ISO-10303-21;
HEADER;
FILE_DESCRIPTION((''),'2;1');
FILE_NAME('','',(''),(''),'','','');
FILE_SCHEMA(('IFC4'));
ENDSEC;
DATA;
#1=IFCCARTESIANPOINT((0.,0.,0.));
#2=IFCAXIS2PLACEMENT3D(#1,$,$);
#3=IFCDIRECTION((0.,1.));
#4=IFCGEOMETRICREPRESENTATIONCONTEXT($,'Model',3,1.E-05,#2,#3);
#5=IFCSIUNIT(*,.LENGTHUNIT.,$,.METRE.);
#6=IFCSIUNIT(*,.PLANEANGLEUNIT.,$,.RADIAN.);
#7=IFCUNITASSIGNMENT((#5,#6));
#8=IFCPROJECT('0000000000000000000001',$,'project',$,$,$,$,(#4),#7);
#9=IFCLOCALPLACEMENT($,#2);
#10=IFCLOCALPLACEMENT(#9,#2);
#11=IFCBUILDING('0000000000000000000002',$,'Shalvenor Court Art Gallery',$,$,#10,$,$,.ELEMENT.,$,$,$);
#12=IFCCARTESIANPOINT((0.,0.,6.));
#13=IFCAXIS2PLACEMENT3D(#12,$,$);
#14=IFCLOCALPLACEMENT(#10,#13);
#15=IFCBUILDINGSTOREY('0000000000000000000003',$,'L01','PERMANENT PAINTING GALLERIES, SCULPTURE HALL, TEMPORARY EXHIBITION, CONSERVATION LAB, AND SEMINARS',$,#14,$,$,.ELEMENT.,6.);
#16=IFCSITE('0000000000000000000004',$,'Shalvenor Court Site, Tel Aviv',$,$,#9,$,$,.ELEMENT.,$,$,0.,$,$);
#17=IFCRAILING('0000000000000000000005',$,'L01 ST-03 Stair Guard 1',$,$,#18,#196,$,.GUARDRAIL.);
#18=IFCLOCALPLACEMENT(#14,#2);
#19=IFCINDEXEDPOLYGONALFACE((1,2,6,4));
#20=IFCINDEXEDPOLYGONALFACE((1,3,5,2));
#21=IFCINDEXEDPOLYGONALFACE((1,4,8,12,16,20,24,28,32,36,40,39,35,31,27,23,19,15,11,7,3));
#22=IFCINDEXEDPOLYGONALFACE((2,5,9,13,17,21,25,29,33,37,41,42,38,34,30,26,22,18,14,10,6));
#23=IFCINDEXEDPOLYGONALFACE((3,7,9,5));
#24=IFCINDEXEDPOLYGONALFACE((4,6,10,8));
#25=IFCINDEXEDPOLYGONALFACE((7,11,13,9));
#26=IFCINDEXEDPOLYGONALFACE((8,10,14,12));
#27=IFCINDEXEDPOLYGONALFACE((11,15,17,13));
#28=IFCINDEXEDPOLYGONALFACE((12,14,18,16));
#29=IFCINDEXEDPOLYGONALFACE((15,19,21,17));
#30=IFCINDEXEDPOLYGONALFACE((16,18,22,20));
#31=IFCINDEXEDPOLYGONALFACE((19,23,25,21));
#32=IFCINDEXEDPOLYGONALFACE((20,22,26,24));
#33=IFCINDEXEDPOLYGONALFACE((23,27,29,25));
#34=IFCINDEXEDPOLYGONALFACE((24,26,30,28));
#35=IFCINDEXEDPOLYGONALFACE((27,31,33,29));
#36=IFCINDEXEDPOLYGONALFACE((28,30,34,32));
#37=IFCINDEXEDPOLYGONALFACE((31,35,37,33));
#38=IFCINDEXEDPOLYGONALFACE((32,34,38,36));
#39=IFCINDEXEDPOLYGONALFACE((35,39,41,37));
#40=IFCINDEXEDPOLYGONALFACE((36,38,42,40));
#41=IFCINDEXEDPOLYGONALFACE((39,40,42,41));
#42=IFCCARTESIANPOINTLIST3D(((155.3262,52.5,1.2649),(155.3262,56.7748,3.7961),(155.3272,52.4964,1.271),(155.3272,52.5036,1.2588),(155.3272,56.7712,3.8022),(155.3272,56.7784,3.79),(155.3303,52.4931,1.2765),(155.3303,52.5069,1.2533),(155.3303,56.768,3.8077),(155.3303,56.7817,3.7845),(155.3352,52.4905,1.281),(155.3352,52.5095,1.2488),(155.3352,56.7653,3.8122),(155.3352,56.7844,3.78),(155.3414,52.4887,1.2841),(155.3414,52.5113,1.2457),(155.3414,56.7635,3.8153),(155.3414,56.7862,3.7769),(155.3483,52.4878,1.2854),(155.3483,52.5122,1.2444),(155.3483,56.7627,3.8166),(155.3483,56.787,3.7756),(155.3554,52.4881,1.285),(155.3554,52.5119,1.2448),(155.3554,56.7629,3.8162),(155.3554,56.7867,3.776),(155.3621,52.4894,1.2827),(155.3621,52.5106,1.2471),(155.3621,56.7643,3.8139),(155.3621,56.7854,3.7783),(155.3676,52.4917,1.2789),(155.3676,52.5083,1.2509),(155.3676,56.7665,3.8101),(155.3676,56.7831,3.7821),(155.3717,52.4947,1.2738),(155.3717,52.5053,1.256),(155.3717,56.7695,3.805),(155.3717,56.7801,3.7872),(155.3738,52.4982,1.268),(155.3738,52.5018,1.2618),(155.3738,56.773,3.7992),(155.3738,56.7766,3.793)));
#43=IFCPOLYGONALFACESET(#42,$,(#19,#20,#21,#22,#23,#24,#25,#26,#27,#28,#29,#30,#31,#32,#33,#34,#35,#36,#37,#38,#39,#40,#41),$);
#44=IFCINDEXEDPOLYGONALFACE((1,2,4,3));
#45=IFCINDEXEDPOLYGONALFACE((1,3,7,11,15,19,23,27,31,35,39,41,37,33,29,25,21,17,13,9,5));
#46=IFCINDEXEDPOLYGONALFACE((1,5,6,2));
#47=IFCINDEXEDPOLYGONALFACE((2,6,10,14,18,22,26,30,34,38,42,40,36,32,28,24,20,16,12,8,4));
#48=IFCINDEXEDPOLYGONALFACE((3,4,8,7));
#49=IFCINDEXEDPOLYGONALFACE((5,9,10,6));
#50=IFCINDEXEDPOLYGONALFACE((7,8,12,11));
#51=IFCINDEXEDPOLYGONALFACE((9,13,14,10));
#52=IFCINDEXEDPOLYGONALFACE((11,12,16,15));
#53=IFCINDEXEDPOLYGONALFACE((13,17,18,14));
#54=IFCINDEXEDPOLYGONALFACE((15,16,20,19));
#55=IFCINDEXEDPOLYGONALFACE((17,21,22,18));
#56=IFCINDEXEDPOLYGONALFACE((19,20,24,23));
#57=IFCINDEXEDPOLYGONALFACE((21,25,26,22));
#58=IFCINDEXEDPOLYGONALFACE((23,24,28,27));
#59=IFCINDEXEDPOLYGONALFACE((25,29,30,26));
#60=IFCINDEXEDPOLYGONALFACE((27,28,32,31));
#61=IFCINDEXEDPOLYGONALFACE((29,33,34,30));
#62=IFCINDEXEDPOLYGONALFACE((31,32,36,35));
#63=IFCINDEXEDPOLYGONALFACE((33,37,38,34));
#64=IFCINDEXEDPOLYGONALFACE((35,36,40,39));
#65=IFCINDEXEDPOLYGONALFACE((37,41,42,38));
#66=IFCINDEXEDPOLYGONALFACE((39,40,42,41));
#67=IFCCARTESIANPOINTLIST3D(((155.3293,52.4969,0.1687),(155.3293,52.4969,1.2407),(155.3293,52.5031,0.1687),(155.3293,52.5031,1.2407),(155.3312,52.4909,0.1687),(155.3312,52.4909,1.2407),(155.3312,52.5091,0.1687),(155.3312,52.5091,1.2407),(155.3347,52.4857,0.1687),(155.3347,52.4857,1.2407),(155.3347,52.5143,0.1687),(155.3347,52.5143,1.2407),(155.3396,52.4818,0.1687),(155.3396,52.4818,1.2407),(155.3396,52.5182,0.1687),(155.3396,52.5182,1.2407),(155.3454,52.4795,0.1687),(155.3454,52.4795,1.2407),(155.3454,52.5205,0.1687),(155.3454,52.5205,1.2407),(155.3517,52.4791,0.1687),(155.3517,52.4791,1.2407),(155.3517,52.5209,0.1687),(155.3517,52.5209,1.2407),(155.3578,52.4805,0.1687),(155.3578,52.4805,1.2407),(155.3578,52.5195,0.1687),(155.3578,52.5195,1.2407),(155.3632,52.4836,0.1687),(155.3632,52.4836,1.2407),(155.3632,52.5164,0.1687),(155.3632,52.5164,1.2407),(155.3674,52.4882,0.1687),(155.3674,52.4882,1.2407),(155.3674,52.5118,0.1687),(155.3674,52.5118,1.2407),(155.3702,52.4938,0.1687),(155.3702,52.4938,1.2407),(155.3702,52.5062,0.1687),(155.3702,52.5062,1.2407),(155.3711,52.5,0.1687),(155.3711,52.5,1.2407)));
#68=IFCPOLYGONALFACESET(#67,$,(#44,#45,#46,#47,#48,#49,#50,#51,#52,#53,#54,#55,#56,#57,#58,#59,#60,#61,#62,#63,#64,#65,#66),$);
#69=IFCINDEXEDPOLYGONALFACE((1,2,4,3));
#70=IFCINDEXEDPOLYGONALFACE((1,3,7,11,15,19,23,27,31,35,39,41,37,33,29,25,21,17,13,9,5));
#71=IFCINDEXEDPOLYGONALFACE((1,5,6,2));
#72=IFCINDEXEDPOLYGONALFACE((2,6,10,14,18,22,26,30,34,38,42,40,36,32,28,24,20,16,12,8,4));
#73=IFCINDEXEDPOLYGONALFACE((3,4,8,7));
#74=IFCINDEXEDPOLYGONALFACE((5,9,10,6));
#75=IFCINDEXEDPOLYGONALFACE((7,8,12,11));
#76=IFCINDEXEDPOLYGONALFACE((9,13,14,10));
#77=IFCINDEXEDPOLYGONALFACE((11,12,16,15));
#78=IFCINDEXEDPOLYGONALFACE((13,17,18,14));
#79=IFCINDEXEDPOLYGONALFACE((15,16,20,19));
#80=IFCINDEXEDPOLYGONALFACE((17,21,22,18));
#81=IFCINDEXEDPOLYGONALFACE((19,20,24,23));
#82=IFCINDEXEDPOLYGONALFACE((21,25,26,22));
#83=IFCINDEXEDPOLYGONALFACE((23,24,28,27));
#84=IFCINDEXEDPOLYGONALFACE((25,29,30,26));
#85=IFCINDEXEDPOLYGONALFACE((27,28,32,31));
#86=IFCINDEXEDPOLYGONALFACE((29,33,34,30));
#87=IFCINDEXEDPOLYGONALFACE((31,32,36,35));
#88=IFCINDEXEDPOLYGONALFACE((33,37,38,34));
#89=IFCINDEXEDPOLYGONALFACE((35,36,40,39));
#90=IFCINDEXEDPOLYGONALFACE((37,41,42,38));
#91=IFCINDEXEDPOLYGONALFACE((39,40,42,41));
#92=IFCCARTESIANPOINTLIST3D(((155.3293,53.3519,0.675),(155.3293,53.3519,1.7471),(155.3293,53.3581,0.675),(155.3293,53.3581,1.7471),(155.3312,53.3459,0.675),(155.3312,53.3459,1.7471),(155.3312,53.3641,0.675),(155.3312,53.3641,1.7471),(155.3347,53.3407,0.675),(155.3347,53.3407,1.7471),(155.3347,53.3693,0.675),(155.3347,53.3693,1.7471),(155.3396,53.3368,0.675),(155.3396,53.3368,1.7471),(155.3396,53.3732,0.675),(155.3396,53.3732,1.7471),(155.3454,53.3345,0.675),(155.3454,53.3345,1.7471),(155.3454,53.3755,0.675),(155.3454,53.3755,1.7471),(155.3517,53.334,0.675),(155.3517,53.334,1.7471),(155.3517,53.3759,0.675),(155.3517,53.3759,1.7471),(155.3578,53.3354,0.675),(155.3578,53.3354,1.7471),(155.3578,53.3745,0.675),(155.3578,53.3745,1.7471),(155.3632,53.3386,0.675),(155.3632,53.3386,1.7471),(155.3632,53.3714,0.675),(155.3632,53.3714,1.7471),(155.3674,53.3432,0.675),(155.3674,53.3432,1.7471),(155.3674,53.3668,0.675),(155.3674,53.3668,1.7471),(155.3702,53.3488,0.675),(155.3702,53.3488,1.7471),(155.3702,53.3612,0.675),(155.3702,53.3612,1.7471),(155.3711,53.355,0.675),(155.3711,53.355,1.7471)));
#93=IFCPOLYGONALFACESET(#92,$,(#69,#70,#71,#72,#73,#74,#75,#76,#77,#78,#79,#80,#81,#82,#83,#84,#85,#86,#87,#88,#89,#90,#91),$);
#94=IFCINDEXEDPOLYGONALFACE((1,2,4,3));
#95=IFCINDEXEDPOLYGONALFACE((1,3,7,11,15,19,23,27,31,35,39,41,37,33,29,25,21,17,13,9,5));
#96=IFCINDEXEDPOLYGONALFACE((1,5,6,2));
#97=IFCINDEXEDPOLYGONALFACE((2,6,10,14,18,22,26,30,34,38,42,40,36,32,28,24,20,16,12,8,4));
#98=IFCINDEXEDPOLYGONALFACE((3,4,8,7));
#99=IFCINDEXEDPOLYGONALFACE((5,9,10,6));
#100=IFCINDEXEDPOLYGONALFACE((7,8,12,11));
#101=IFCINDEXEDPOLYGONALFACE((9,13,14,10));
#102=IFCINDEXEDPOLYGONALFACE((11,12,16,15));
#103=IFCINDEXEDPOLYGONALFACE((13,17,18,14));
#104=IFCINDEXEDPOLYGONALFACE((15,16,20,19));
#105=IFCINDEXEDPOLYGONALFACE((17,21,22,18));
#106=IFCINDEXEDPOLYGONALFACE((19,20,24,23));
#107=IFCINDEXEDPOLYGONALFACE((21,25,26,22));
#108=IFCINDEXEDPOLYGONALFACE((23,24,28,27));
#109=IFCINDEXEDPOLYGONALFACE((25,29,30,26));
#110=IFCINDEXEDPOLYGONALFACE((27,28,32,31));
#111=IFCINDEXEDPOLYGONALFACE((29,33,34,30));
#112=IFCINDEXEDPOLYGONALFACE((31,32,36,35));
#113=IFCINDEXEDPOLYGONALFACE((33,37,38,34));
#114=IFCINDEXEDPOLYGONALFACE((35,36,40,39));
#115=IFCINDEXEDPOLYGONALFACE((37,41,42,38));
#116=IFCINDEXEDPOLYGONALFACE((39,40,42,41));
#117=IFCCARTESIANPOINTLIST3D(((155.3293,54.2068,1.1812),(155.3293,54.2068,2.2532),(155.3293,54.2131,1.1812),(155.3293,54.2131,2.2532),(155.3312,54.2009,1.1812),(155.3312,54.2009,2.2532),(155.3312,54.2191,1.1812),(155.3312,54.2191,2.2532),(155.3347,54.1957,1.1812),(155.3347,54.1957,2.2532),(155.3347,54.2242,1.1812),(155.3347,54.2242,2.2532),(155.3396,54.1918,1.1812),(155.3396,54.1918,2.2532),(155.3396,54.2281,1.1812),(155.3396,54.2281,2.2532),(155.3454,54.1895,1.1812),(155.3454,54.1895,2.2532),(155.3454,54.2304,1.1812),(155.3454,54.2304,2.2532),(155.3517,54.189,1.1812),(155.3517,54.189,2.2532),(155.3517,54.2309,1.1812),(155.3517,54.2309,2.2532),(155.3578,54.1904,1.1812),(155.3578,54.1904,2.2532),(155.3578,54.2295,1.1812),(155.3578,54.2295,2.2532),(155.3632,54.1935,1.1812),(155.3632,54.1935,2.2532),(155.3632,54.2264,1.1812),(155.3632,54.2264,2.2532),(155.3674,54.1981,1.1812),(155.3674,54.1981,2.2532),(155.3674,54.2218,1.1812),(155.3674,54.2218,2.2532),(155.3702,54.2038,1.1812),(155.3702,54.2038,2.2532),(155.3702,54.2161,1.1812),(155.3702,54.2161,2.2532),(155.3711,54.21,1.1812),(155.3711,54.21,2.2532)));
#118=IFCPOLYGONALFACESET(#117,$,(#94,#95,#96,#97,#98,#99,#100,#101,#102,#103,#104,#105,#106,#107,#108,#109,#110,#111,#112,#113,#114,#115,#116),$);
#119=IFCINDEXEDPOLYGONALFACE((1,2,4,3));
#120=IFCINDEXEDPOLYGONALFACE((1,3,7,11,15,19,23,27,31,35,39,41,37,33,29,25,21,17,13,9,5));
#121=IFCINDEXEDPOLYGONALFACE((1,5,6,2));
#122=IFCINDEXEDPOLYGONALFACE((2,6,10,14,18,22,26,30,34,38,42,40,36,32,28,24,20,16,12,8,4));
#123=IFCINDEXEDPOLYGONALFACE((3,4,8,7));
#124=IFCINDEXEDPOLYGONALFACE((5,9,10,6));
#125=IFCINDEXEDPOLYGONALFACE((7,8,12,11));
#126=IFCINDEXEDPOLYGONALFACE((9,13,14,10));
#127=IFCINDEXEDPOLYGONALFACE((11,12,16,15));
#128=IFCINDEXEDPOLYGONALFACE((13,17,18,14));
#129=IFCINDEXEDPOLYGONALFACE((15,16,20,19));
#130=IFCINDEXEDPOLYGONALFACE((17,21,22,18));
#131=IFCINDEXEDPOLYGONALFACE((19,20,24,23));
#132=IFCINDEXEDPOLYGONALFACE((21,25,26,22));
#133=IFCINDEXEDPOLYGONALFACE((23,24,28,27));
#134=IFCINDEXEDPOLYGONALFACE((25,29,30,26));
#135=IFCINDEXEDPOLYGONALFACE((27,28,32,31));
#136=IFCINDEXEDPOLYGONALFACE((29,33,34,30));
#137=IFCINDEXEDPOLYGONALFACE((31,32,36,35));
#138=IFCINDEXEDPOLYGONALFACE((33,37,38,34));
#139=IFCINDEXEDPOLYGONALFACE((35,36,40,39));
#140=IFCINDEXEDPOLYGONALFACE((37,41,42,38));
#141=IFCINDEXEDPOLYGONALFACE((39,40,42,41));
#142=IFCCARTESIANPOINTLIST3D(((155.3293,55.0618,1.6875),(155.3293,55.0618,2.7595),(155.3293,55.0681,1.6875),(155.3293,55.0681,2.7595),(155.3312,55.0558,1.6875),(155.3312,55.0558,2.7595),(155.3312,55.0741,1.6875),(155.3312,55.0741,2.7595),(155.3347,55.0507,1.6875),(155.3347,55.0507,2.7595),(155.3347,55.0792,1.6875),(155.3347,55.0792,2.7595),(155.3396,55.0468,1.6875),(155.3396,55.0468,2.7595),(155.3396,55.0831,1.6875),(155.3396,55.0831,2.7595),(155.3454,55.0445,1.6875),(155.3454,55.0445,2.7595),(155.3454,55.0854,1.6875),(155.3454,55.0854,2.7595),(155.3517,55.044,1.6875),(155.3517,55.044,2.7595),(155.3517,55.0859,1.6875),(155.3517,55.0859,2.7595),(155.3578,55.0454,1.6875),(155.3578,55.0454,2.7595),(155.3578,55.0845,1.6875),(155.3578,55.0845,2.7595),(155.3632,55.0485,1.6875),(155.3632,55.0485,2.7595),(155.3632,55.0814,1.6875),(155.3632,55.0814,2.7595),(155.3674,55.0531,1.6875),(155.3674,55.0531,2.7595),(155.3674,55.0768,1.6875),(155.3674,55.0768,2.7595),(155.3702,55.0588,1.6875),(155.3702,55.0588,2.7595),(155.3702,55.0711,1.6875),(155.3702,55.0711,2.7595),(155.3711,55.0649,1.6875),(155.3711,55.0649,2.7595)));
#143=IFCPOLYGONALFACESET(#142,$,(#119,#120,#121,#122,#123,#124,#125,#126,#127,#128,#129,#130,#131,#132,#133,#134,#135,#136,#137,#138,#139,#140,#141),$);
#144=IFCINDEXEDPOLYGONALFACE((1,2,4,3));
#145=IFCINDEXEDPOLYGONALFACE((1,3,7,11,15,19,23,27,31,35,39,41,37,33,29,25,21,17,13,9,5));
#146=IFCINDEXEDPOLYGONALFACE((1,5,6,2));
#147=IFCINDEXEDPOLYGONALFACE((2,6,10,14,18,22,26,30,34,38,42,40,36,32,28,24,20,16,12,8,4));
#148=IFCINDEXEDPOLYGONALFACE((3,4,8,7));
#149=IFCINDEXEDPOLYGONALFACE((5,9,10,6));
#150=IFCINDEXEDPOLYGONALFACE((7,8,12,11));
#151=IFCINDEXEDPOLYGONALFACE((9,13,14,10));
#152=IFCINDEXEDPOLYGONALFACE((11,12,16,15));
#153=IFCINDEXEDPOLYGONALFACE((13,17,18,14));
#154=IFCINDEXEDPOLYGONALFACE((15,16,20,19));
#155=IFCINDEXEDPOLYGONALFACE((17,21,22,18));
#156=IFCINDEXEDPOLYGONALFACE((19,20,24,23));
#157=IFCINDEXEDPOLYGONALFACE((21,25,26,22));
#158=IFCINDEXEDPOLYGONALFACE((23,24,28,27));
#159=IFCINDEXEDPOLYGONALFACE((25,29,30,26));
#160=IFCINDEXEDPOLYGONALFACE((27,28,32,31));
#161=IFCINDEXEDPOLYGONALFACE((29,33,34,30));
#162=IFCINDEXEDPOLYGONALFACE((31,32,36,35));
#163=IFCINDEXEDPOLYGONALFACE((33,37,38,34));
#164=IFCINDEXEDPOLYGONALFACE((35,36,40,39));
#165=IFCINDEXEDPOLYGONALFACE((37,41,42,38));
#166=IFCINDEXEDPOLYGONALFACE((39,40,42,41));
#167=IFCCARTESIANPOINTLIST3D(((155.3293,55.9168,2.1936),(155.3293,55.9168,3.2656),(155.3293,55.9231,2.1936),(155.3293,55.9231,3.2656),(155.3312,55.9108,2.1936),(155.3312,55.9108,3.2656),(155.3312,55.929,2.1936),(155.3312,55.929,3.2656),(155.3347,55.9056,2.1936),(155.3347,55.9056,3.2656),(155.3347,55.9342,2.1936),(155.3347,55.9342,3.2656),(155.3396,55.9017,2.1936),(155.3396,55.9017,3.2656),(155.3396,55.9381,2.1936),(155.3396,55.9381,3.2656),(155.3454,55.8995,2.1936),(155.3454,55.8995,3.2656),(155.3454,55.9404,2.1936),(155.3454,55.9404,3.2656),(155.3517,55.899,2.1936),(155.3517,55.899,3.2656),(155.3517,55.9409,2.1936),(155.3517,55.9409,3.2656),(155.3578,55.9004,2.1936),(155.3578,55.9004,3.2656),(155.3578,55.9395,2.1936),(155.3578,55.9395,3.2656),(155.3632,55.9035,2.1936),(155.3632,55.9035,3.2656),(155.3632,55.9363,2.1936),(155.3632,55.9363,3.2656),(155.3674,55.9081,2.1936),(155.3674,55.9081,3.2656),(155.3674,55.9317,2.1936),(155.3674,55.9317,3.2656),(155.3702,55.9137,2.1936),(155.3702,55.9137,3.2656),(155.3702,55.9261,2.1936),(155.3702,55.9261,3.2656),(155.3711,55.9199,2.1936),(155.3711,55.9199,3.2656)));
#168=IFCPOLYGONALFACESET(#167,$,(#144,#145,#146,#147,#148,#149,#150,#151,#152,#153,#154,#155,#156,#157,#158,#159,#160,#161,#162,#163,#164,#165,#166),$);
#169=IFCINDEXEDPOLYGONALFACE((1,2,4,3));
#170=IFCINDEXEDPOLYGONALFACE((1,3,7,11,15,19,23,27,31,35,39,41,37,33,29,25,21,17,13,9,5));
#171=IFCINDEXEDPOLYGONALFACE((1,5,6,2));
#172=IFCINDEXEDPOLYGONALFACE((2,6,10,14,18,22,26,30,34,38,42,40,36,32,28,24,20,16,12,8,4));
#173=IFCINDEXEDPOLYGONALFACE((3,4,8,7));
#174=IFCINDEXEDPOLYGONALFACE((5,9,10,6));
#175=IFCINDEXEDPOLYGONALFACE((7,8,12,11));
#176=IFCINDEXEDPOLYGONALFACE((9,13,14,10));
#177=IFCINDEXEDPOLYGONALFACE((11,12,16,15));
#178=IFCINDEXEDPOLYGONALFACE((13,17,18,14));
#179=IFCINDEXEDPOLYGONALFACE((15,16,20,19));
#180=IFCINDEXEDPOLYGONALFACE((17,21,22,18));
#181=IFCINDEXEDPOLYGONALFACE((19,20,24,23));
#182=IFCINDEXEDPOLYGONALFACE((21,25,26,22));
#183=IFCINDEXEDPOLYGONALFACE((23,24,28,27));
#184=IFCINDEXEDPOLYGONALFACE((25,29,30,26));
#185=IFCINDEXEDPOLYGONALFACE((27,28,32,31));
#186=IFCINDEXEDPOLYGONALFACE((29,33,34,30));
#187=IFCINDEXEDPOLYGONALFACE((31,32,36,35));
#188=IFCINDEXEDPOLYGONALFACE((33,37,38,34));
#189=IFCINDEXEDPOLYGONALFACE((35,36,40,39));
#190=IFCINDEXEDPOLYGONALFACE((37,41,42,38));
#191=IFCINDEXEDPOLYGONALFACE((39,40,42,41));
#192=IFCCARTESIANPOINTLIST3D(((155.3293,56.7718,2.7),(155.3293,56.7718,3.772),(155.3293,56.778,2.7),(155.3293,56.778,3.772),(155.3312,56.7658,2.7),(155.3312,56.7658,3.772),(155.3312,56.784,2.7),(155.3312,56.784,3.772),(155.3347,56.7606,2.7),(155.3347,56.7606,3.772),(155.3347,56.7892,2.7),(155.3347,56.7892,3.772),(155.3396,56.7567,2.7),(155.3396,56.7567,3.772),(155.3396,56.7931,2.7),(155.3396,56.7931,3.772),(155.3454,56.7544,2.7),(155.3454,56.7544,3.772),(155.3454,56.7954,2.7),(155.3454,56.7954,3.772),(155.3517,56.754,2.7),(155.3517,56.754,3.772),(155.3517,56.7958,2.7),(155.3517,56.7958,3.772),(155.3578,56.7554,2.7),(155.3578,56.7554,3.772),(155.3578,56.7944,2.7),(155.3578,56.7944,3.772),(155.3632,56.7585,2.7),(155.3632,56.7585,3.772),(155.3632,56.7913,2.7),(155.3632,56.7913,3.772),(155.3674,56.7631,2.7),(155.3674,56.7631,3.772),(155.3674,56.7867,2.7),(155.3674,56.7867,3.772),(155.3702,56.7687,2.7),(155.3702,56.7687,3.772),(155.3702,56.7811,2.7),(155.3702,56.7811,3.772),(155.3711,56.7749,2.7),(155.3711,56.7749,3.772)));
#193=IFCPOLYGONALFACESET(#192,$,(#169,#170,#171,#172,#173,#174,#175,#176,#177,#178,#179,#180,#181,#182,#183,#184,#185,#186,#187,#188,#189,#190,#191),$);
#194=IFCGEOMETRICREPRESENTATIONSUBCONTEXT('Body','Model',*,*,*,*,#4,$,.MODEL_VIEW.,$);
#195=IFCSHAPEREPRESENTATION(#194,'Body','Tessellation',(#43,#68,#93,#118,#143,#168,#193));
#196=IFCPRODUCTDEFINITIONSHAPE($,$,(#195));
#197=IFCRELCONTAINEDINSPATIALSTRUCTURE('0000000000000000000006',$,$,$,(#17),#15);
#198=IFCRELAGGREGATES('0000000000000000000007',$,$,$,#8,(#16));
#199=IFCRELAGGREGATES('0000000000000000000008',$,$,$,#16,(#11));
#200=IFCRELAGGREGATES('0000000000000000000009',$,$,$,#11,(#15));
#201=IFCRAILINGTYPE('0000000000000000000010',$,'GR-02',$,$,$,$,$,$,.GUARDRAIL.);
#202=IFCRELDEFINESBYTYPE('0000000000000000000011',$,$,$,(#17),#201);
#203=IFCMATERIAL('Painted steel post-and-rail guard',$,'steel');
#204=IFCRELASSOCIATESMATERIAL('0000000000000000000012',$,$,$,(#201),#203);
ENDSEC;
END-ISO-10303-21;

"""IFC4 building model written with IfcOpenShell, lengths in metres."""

from ifc_helpers import new_model, si_unit, direction, frame, origin, origin_2d, place, context, subcontext, project, spatial, circle, extrude, material, type_object, element, save


model = new_model("IFC4")

# Units and contexts
model_context = context("Model", 3, precision=1e-05, world=origin(), true_north=direction((0.0, 1.0)))
body_context = subcontext(model_context, "Body", "Model", "MODEL_VIEW")
ifc_project = project(units=[si_unit("LENGTHUNIT", "METRE"), si_unit("PLANEANGLEUNIT", "RADIAN")], contexts=[model_context])

# Site, building, storey
site_placement = place(None, origin())
site = spatial("IfcSite", under=ifc_project, at=site_placement, Name="Shalvenor Court Site, Tel Aviv", CompositionType="ELEMENT", RefElevation=0.0)
building_placement = place(site_placement, origin())
building = spatial("IfcBuilding", under=site, at=building_placement, Name="Shalvenor Court Art Gallery", CompositionType="ELEMENT")
storey_placement = place(building_placement, frame((0.0, 0.0, 6.0)))
storey = spatial("IfcBuildingStorey", under=building, at=storey_placement, Name="L01", Description="PERMANENT PAINTING GALLERIES, SCULPTURE HALL, TEMPORARY EXHIBITION, CONSERVATION LAB, AND SEMINARS", CompositionType="ELEMENT", Elevation=6.0)

# Railing
ifc_material_1 = material(Name="Painted steel post-and-rail guard", Category="steel")
railing_type_1 = type_object("IfcRailingType", Name="GR-02", PredefinedType="GUARDRAIL", material=ifc_material_1)
railing_1_placement = place(storey_placement, frame((155.3501, 52.5, 0.1687)))
element("IfcRailing", 1, at=railing_1_placement, inside=storey, type_object=railing_type_1, Name="L01 ST-03 Stair Guard 1", PredefinedType="GUARDRAIL", context=body_context, shape_type="SweptSolid", body=[
    extrude(circle(Radius=0.0239, at=origin_2d()), frame((0.0, 0.0, 1.0962), z_axis=(0.0, 0.86047, 0.509501), x_axis=(-1.0, 0.0, 0.0)), (0.0, 0.0, 1.0), 4.968),
    extrude(circle(Radius=0.021, at=origin_2d()), origin(), (0.0, 0.0, 1.0), 1.072),
    extrude(circle(Radius=0.021, at=origin_2d()), frame((0.0, 0.855, 0.5063)), (0.0, 0.0, 1.0), 1.072),
    extrude(circle(Radius=0.021, at=origin_2d()), frame((0.0, 1.71, 1.0125)), (0.0, 0.0, 1.0), 1.072),
    extrude(circle(Radius=0.021, at=origin_2d()), frame((0.0, 2.5649, 1.5188)), (0.0, 0.0, 1.0), 1.072),
    extrude(circle(Radius=0.021, at=origin_2d()), frame((0.0, 3.4199, 2.0249)), (0.0, 0.0, 1.0), 1.072),
    extrude(circle(Radius=0.021, at=origin_2d()), frame((0.0, 4.2749, 2.5312)), (0.0, 0.0, 1.0), 1.072),
])

save(model, "model.ifc")
